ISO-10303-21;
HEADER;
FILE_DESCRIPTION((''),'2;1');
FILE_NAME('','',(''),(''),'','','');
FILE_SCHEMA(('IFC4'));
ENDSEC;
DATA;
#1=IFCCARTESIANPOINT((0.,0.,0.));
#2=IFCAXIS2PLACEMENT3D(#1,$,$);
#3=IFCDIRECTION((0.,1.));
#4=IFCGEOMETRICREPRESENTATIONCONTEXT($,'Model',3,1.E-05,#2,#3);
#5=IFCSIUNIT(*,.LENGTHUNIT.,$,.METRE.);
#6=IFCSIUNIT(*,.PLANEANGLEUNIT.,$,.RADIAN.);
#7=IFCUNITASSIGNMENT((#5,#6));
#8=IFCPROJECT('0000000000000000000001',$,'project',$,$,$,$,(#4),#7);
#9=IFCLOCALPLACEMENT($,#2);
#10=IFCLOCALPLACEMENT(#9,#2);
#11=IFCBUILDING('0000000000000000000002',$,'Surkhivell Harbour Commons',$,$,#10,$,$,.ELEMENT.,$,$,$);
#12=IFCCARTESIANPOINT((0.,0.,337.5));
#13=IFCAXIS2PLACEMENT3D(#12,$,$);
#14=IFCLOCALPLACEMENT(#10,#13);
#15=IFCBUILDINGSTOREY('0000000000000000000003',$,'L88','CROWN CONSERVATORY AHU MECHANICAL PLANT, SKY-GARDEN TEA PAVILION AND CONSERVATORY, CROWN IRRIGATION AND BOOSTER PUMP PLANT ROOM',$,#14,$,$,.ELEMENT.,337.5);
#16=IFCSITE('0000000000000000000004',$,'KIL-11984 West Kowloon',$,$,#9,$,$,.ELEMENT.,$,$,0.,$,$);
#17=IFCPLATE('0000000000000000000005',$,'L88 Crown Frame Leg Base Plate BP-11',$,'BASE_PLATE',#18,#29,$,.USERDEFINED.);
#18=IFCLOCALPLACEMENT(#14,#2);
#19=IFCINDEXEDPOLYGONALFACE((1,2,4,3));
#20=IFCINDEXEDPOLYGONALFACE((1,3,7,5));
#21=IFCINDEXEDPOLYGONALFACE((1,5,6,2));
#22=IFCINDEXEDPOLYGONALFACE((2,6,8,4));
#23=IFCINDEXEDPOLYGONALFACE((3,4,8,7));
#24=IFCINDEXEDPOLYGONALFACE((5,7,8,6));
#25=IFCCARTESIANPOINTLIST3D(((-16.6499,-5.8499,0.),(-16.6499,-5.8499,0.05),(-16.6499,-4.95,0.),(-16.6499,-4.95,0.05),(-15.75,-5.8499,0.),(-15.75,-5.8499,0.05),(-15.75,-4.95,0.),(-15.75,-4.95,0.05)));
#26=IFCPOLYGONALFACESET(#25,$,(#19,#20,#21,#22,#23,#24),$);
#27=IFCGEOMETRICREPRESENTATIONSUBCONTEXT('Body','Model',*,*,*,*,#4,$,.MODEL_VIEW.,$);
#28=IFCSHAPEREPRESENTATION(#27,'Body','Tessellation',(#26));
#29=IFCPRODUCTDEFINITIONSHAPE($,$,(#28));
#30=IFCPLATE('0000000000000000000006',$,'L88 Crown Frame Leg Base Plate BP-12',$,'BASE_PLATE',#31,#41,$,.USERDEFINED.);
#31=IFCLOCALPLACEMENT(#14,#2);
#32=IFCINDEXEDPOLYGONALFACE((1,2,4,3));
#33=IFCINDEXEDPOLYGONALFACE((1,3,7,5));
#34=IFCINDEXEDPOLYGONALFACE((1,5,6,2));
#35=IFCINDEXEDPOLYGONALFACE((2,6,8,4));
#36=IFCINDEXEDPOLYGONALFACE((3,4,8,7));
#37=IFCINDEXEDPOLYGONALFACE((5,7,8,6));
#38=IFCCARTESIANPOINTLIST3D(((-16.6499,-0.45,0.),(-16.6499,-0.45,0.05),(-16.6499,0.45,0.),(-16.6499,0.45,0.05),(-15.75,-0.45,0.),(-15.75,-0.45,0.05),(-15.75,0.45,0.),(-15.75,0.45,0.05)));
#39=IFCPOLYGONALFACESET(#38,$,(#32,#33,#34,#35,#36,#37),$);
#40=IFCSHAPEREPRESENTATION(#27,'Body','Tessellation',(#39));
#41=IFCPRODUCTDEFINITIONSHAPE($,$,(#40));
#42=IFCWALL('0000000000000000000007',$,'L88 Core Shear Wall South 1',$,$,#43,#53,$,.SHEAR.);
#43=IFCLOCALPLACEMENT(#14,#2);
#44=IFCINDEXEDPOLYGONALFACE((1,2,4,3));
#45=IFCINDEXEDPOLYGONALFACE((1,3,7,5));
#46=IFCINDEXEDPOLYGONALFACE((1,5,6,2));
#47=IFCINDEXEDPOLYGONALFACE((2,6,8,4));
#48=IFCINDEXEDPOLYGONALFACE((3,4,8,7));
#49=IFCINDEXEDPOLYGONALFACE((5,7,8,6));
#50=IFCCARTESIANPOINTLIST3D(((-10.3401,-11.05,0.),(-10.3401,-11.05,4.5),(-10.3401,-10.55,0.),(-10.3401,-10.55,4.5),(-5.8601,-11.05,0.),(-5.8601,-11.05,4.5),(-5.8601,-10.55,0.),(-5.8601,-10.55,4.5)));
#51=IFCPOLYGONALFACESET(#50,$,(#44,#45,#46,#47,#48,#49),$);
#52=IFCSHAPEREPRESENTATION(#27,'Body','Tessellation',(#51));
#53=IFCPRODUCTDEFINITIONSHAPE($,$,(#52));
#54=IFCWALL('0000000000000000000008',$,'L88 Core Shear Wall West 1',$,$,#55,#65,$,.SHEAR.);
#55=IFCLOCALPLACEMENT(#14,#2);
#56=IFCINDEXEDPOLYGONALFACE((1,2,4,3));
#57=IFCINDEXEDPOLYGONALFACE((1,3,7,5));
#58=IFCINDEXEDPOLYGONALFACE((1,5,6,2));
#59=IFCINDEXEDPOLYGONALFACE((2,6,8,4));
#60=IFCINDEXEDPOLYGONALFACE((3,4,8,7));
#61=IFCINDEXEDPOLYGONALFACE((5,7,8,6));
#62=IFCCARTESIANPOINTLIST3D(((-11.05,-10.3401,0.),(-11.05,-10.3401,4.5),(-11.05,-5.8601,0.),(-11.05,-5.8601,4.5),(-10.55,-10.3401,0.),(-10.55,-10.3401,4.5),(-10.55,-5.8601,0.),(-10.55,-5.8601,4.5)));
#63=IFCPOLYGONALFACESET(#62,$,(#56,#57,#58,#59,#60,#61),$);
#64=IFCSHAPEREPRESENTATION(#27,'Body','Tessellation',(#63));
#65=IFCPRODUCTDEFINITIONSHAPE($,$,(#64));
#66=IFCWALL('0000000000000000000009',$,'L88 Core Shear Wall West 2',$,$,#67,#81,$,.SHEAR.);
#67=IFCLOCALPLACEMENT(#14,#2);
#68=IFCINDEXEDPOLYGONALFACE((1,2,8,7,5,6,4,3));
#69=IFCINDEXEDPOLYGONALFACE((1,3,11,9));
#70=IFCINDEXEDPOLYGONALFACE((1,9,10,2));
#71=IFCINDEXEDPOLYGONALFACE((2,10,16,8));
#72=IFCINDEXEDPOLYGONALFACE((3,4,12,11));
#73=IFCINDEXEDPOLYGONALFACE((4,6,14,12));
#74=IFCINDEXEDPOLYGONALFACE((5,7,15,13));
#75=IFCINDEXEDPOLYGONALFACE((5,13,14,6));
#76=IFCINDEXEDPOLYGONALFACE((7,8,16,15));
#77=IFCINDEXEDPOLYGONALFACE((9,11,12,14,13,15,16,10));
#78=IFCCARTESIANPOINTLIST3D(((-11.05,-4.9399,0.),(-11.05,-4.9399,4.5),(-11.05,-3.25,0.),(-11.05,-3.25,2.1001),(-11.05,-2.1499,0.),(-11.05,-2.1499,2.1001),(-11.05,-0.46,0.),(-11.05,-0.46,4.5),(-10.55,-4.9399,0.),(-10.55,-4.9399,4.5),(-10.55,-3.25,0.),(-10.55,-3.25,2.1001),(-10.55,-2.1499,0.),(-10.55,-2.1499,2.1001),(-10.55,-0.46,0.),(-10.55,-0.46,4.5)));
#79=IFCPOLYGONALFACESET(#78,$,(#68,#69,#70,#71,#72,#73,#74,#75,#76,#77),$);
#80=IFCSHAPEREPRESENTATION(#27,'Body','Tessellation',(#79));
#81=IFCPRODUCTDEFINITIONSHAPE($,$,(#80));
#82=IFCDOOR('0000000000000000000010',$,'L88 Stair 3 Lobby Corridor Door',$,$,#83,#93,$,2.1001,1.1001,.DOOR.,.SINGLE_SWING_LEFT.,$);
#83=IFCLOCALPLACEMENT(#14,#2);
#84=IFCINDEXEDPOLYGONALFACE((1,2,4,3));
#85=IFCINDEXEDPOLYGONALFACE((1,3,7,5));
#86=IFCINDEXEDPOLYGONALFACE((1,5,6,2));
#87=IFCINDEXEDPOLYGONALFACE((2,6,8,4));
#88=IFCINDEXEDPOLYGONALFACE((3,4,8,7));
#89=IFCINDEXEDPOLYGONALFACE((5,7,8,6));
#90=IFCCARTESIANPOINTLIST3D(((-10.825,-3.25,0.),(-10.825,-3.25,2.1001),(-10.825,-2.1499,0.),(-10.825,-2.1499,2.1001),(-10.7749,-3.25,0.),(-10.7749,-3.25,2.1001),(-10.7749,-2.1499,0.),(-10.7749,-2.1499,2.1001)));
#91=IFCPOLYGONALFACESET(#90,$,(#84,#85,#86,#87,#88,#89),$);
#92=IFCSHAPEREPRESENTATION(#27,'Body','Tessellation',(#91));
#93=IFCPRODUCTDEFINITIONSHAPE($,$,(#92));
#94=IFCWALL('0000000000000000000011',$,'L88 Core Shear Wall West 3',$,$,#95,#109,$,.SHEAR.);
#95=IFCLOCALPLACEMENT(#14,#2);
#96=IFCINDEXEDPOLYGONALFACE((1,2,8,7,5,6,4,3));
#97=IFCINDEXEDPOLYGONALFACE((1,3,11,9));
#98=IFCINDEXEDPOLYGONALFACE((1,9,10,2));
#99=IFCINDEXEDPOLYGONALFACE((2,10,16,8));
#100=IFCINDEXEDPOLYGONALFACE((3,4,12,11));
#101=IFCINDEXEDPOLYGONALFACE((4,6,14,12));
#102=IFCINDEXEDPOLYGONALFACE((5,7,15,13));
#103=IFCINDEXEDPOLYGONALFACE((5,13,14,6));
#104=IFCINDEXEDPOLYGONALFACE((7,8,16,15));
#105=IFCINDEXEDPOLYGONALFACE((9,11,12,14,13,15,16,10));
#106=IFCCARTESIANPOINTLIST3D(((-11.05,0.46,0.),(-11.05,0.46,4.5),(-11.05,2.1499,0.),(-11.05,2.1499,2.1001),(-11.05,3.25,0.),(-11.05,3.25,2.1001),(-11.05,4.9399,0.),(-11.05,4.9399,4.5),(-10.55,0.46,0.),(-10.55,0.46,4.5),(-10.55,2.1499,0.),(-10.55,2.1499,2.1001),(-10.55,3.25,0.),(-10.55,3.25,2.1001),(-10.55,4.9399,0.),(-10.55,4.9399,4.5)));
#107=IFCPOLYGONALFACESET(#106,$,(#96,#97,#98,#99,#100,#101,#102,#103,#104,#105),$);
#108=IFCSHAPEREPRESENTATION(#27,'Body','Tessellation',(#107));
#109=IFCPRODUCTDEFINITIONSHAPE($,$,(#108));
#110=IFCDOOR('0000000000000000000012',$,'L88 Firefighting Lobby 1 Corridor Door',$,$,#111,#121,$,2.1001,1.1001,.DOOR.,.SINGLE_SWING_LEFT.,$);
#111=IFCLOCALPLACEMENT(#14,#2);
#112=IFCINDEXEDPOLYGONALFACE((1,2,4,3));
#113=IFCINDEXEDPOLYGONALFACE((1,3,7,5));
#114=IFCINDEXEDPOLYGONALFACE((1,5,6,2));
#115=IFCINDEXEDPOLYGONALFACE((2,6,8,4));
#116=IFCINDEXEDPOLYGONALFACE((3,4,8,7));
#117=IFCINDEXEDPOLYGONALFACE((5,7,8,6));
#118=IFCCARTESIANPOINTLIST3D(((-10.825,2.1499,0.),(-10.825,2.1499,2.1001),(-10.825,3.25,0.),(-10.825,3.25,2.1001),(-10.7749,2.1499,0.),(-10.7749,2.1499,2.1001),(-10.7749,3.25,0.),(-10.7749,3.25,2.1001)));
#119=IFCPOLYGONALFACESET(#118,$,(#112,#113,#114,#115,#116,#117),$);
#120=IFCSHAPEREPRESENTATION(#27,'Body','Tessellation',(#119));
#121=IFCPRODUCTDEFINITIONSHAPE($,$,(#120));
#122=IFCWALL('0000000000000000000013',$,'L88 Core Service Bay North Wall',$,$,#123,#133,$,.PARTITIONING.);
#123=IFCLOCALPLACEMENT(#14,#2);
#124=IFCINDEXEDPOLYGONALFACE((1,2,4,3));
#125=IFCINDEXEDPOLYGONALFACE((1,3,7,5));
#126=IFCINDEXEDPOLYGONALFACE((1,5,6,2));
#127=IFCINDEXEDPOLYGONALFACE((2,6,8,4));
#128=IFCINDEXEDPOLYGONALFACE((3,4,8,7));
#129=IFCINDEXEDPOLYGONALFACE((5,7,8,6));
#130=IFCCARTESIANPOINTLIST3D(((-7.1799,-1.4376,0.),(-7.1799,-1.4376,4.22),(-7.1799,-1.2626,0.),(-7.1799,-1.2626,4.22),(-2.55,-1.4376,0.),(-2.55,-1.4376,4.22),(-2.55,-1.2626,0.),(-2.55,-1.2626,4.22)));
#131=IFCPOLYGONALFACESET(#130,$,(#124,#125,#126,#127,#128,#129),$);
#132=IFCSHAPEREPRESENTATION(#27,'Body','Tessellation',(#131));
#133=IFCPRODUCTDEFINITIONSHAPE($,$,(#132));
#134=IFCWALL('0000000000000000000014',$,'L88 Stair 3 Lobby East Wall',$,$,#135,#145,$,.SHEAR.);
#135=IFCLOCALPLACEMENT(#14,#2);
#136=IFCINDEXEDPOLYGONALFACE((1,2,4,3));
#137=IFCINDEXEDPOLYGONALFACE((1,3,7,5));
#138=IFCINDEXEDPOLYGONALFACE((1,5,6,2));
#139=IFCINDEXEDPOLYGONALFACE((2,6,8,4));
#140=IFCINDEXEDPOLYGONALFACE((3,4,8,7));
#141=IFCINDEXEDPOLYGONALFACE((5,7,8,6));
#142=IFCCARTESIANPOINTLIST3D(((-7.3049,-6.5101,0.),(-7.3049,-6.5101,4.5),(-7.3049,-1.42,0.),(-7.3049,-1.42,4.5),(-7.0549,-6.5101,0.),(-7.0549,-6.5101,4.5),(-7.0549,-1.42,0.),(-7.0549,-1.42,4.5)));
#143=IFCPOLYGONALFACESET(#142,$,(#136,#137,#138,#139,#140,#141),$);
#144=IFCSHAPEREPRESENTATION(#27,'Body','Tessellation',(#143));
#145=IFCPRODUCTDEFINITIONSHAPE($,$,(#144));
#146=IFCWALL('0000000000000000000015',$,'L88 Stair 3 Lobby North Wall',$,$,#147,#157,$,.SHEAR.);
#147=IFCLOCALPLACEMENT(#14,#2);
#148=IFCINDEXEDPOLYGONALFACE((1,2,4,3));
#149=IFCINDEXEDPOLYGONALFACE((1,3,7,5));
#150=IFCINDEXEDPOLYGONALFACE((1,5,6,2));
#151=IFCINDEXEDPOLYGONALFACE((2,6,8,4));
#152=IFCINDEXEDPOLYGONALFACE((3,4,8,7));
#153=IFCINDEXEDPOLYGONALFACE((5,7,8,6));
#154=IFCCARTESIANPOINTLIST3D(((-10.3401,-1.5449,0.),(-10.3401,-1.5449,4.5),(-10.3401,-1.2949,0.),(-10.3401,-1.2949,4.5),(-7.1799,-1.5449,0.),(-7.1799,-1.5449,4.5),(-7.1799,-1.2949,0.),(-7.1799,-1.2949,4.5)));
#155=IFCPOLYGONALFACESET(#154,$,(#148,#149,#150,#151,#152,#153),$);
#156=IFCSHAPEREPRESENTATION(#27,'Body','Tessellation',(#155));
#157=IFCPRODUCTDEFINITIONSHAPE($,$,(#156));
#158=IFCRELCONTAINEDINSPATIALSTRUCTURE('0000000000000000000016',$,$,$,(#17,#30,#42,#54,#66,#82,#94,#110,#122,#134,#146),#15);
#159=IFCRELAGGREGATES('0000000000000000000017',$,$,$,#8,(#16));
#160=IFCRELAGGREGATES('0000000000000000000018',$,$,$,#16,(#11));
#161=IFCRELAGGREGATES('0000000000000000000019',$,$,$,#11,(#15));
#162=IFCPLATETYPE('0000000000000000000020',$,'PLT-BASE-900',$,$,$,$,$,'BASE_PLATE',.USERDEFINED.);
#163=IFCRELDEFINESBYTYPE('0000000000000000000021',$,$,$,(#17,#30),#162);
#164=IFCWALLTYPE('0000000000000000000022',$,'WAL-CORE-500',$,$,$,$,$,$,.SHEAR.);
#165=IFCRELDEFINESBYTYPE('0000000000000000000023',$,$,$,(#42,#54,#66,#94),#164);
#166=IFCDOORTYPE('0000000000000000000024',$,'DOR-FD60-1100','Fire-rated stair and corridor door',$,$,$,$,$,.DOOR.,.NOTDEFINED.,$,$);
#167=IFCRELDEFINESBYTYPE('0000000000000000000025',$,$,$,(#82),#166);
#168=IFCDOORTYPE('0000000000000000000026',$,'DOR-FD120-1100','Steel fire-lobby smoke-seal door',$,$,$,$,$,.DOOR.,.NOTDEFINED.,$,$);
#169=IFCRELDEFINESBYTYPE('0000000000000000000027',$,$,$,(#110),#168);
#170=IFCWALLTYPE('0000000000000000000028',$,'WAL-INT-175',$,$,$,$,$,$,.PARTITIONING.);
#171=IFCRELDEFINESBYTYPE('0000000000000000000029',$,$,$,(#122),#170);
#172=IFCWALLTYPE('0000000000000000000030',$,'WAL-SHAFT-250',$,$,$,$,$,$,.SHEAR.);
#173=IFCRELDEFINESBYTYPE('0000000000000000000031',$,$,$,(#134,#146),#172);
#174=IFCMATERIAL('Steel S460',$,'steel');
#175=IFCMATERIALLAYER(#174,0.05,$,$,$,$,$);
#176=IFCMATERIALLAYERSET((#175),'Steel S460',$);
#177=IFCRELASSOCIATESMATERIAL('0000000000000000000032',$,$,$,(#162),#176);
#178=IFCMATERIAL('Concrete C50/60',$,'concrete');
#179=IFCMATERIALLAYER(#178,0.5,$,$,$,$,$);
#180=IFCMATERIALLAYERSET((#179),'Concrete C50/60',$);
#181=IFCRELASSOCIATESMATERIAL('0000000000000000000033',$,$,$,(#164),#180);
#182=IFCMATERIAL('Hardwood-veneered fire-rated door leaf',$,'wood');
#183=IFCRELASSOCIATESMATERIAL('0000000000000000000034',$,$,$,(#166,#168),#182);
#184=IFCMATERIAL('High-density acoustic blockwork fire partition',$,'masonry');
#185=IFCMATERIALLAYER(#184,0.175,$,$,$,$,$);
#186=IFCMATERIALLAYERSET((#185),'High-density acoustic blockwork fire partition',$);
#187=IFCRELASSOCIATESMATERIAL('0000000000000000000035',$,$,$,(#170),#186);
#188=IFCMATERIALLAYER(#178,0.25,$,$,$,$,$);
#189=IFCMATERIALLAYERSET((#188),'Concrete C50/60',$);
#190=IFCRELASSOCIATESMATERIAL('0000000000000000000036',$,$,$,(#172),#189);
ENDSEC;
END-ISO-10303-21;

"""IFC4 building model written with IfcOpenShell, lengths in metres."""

from ifc_helpers import new_model, si_unit, direction, frame, frame_2d, origin, origin_2d, place, context, subcontext, project, spatial, rectangle, extrude, material, layer, layer_set, type_object, element, fill, save


model = new_model("IFC4")

# Units and contexts
model_context = context("Model", 3, precision=1e-05, world=origin(), true_north=direction((0.0, 1.0)))
body_context = subcontext(model_context, "Body", "Model", "MODEL_VIEW")
ifc_project = project(units=[si_unit("LENGTHUNIT", "METRE"), si_unit("PLANEANGLEUNIT", "RADIAN")], contexts=[model_context])

# Site, building, storey
site_placement = place(None, origin())
site = spatial("IfcSite", under=ifc_project, at=site_placement, Name="KIL-11984 West Kowloon", CompositionType="ELEMENT", RefElevation=0.0)
building_placement = place(site_placement, origin())
building = spatial("IfcBuilding", under=site, at=building_placement, Name="Surkhivell Harbour Commons", CompositionType="ELEMENT")
storey_placement = place(building_placement, frame((0.0, 0.0, 337.5)))
storey = spatial("IfcBuildingStorey", under=building, at=storey_placement, Name="L88", Description="CROWN CONSERVATORY AHU MECHANICAL PLANT, SKY-GARDEN TEA PAVILION AND CONSERVATORY, CROWN IRRIGATION AND BOOSTER PUMP PLANT ROOM", CompositionType="ELEMENT", Elevation=337.5)

# Shared definitions
ifc_material_1 = material(Name="Steel S460", Category="steel")

# Plates
ifc_layer_1 = layer(ifc_material_1, 0.05)
ifc_layer_set_1 = layer_set([ifc_layer_1], Name="Steel S460")
plate_type = type_object("IfcPlateType", Name="PLT-BASE-900", ElementType="BASE_PLATE", PredefinedType="USERDEFINED", material=ifc_layer_set_1)
for number, where, z_axis, x_axis, name in (
    (1, (-16.2, -5.3999, 0.0), (0.0, 0.0, 1.0), (1.0, 0.0, 0.0), "L88 Crown Frame Leg Base Plate BP-11"),
    (2, (-16.2, 0.0, 0.0), (0.0, 0.0, 1.0), (1.0, 0.0, 0.0), "L88 Crown Frame Leg Base Plate BP-12"),
):
    element("IfcPlate", number, at=place(storey_placement, frame(where, z_axis=z_axis, x_axis=x_axis)), inside=storey, type_object=plate_type, Name=name, ObjectType="BASE_PLATE", PredefinedType="USERDEFINED", context=body_context, shape_type="SweptSolid", body=[
        extrude(rectangle(XDim=0.8999, YDim=0.8999, at=origin_2d()), origin(), (0.0, 0.0, 1.0), 0.05),
    ])

# Walls
ifc_material_2 = material(Name="Concrete C50/60", Category="concrete")
ifc_layer_2 = layer(ifc_material_2, 0.5)
ifc_layer_set_2 = layer_set([ifc_layer_2], Name="Concrete C50/60")
wall_type_1 = type_object("IfcWallType", Name="WAL-CORE-500", PredefinedType="SHEAR", material=ifc_layer_set_2)
for number, where, z_axis, x_axis, name in (
    (3, (-10.3401, -10.8, 0.0), (0.0, 0.0, 1.0), (1.0, 0.0, 0.0), "L88 Core Shear Wall South 1"),
    (4, (-10.8, -10.3401, 0.0), (0.0, 0.0, 1.0), (0.0, 1.0, 0.0), "L88 Core Shear Wall West 1"),
):
    element("IfcWall", number, at=place(storey_placement, frame(where, z_axis=z_axis, x_axis=x_axis)), inside=storey, type_object=wall_type_1, Name=name, PredefinedType="SHEAR", context=body_context, shape_type="SweptSolid", body=[
        extrude(rectangle(XDim=4.48, YDim=0.5, at=frame_2d((2.24, 0.0))), origin(), (0.0, 0.0, 1.0), 4.5),
    ])

# Walls, openings, doors
wall_1_placement = place(storey_placement, frame((-10.8, -4.9399, 0.0), z_axis=(0.0, 0.0, 1.0), x_axis=(0.0, 1.0, 0.0)))
wall_1 = element("IfcWall", 5, at=wall_1_placement, inside=storey, type_object=wall_type_1, Name="L88 Core Shear Wall West 2", PredefinedType="SHEAR", context=body_context, shape_type="SweptSolid", body=[
    extrude(rectangle(XDim=4.48, YDim=0.5, at=frame_2d((2.24, 0.0))), origin(), (0.0, 0.0, 1.0), 4.5),
])
opening_1_placement = place(wall_1_placement, frame((1.6899, 0.0, 0.0)))
opening_1 = element("IfcOpeningElement", 6, at=opening_1_placement, cuts=wall_1, PredefinedType="OPENING", context=body_context, shape_type="SweptSolid", body=[
    extrude(rectangle(XDim=1.1001, YDim=2.1001, at=frame_2d((0.55, 1.05))), frame((0.0, 0.26, 0.0), z_axis=(0.0, -1.0, 0.0), x_axis=(1.0, 0.0, 0.0)), (0.0, 0.0, 1.0), 0.52),
])
ifc_material_3 = material(Name="Hardwood-veneered fire-rated door leaf", Category="wood")
door_type_1 = type_object("IfcDoorType", Name="DOR-FD60-1100", Description="Fire-rated stair and corridor door", OperationType="NOTDEFINED", PredefinedType="DOOR", material=ifc_material_3)
door_1_placement = place(opening_1_placement, origin())
door_1 = element("IfcDoor", 7, at=door_1_placement, inside=storey, type_object=door_type_1, Name="L88 Stair 3 Lobby Corridor Door", OperationType="SINGLE_SWING_LEFT", OverallHeight=2.1001, OverallWidth=1.1001, PredefinedType="DOOR", context=body_context, shape_type="SweptSolid", body=[
    extrude(rectangle(XDim=1.1001, YDim=2.1001, at=frame_2d((0.55, 1.05))), frame((0.0, 0.0249, 0.0), z_axis=(0.0, -1.0, 0.0), x_axis=(1.0, 0.0, 0.0)), (0.0, 0.0, 1.0), 0.05),
])
fill(opening_1, door_1)
wall_2_placement = place(storey_placement, frame((-10.8, 0.46, 0.0), z_axis=(0.0, 0.0, 1.0), x_axis=(0.0, 1.0, 0.0)))
wall_2 = element("IfcWall", 8, at=wall_2_placement, inside=storey, type_object=wall_type_1, Name="L88 Core Shear Wall West 3", PredefinedType="SHEAR", context=body_context, shape_type="SweptSolid", body=[
    extrude(rectangle(XDim=4.48, YDim=0.5, at=frame_2d((2.24, 0.0))), origin(), (0.0, 0.0, 1.0), 4.5),
])
opening_2_placement = place(wall_2_placement, frame((1.6899, 0.0, 0.0)))
opening_2 = element("IfcOpeningElement", 9, at=opening_2_placement, cuts=wall_2, PredefinedType="OPENING", context=body_context, shape_type="SweptSolid", body=[
    extrude(rectangle(XDim=1.1001, YDim=2.1001, at=frame_2d((0.55, 1.05))), frame((0.0, 0.26, 0.0), z_axis=(0.0, -1.0, 0.0), x_axis=(1.0, 0.0, 0.0)), (0.0, 0.0, 1.0), 0.52),
])
door_type_2 = type_object("IfcDoorType", Name="DOR-FD120-1100", Description="Steel fire-lobby smoke-seal door", OperationType="NOTDEFINED", PredefinedType="DOOR", material=ifc_material_3)
door_2_placement = place(opening_2_placement, origin())
door_2 = element("IfcDoor", 10, at=door_2_placement, inside=storey, type_object=door_type_2, Name="L88 Firefighting Lobby 1 Corridor Door", OperationType="SINGLE_SWING_LEFT", OverallHeight=2.1001, OverallWidth=1.1001, PredefinedType="DOOR", context=body_context, shape_type="SweptSolid", body=[
    extrude(rectangle(XDim=1.1001, YDim=2.1001, at=frame_2d((0.55, 1.05))), frame((0.0, 0.0249, 0.0), z_axis=(0.0, -1.0, 0.0), x_axis=(1.0, 0.0, 0.0)), (0.0, 0.0, 1.0), 0.05),
])
fill(opening_2, door_2)

# Walls
ifc_material_4 = material(Name="High-density acoustic blockwork fire partition", Category="masonry")
ifc_layer_3 = layer(ifc_material_4, 0.175)
ifc_layer_set_3 = layer_set([ifc_layer_3], Name="High-density acoustic blockwork fire partition")
wall_type_2 = type_object("IfcWallType", Name="WAL-INT-175", PredefinedType="PARTITIONING", material=ifc_layer_set_3)
wall_3_placement = place(storey_placement, frame((-7.1799, -1.3501, 0.0), z_axis=(0.0, 0.0, 1.0), x_axis=(1.0, 0.0, 0.0)))
element("IfcWall", 11, at=wall_3_placement, inside=storey, type_object=wall_type_2, Name="L88 Core Service Bay North Wall", PredefinedType="PARTITIONING", context=body_context, shape_type="SweptSolid", body=[
    extrude(rectangle(XDim=4.6299, YDim=0.175, at=frame_2d((2.3149, 0.0))), origin(), (0.0, 0.0, 1.0), 4.22),
])
ifc_layer_4 = layer(ifc_material_2, 0.25)
ifc_layer_set_4 = layer_set([ifc_layer_4], Name="Concrete C50/60")
wall_type_3 = type_object("IfcWallType", Name="WAL-SHAFT-250", PredefinedType="SHEAR", material=ifc_layer_set_4)
wall_4_placement = place(storey_placement, frame((-7.1799, -6.51, 0.0), z_axis=(0.0, 0.0, 1.0), x_axis=(0.0, 1.0, 0.0)))
element("IfcWall", 12, at=wall_4_placement, inside=storey, type_object=wall_type_3, Name="L88 Stair 3 Lobby East Wall", PredefinedType="SHEAR", context=body_context, shape_type="SweptSolid", body=[
    extrude(rectangle(XDim=5.0901, YDim=0.25, at=frame_2d((2.5449, 0.0))), origin(), (0.0, 0.0, 1.0), 4.5),
])
wall_5_placement = place(storey_placement, frame((-10.3401, -1.4199, 0.0), z_axis=(0.0, 0.0, 1.0), x_axis=(1.0, 0.0, 0.0)))
element("IfcWall", 13, at=wall_5_placement, inside=storey, type_object=wall_type_3, Name="L88 Stair 3 Lobby North Wall", PredefinedType="SHEAR", context=body_context, shape_type="SweptSolid", body=[
    extrude(rectangle(XDim=3.1602, YDim=0.25, at=frame_2d((1.5801, 0.0))), origin(), (0.0, 0.0, 1.0), 4.5),
])

save(model, "model.ifc")
